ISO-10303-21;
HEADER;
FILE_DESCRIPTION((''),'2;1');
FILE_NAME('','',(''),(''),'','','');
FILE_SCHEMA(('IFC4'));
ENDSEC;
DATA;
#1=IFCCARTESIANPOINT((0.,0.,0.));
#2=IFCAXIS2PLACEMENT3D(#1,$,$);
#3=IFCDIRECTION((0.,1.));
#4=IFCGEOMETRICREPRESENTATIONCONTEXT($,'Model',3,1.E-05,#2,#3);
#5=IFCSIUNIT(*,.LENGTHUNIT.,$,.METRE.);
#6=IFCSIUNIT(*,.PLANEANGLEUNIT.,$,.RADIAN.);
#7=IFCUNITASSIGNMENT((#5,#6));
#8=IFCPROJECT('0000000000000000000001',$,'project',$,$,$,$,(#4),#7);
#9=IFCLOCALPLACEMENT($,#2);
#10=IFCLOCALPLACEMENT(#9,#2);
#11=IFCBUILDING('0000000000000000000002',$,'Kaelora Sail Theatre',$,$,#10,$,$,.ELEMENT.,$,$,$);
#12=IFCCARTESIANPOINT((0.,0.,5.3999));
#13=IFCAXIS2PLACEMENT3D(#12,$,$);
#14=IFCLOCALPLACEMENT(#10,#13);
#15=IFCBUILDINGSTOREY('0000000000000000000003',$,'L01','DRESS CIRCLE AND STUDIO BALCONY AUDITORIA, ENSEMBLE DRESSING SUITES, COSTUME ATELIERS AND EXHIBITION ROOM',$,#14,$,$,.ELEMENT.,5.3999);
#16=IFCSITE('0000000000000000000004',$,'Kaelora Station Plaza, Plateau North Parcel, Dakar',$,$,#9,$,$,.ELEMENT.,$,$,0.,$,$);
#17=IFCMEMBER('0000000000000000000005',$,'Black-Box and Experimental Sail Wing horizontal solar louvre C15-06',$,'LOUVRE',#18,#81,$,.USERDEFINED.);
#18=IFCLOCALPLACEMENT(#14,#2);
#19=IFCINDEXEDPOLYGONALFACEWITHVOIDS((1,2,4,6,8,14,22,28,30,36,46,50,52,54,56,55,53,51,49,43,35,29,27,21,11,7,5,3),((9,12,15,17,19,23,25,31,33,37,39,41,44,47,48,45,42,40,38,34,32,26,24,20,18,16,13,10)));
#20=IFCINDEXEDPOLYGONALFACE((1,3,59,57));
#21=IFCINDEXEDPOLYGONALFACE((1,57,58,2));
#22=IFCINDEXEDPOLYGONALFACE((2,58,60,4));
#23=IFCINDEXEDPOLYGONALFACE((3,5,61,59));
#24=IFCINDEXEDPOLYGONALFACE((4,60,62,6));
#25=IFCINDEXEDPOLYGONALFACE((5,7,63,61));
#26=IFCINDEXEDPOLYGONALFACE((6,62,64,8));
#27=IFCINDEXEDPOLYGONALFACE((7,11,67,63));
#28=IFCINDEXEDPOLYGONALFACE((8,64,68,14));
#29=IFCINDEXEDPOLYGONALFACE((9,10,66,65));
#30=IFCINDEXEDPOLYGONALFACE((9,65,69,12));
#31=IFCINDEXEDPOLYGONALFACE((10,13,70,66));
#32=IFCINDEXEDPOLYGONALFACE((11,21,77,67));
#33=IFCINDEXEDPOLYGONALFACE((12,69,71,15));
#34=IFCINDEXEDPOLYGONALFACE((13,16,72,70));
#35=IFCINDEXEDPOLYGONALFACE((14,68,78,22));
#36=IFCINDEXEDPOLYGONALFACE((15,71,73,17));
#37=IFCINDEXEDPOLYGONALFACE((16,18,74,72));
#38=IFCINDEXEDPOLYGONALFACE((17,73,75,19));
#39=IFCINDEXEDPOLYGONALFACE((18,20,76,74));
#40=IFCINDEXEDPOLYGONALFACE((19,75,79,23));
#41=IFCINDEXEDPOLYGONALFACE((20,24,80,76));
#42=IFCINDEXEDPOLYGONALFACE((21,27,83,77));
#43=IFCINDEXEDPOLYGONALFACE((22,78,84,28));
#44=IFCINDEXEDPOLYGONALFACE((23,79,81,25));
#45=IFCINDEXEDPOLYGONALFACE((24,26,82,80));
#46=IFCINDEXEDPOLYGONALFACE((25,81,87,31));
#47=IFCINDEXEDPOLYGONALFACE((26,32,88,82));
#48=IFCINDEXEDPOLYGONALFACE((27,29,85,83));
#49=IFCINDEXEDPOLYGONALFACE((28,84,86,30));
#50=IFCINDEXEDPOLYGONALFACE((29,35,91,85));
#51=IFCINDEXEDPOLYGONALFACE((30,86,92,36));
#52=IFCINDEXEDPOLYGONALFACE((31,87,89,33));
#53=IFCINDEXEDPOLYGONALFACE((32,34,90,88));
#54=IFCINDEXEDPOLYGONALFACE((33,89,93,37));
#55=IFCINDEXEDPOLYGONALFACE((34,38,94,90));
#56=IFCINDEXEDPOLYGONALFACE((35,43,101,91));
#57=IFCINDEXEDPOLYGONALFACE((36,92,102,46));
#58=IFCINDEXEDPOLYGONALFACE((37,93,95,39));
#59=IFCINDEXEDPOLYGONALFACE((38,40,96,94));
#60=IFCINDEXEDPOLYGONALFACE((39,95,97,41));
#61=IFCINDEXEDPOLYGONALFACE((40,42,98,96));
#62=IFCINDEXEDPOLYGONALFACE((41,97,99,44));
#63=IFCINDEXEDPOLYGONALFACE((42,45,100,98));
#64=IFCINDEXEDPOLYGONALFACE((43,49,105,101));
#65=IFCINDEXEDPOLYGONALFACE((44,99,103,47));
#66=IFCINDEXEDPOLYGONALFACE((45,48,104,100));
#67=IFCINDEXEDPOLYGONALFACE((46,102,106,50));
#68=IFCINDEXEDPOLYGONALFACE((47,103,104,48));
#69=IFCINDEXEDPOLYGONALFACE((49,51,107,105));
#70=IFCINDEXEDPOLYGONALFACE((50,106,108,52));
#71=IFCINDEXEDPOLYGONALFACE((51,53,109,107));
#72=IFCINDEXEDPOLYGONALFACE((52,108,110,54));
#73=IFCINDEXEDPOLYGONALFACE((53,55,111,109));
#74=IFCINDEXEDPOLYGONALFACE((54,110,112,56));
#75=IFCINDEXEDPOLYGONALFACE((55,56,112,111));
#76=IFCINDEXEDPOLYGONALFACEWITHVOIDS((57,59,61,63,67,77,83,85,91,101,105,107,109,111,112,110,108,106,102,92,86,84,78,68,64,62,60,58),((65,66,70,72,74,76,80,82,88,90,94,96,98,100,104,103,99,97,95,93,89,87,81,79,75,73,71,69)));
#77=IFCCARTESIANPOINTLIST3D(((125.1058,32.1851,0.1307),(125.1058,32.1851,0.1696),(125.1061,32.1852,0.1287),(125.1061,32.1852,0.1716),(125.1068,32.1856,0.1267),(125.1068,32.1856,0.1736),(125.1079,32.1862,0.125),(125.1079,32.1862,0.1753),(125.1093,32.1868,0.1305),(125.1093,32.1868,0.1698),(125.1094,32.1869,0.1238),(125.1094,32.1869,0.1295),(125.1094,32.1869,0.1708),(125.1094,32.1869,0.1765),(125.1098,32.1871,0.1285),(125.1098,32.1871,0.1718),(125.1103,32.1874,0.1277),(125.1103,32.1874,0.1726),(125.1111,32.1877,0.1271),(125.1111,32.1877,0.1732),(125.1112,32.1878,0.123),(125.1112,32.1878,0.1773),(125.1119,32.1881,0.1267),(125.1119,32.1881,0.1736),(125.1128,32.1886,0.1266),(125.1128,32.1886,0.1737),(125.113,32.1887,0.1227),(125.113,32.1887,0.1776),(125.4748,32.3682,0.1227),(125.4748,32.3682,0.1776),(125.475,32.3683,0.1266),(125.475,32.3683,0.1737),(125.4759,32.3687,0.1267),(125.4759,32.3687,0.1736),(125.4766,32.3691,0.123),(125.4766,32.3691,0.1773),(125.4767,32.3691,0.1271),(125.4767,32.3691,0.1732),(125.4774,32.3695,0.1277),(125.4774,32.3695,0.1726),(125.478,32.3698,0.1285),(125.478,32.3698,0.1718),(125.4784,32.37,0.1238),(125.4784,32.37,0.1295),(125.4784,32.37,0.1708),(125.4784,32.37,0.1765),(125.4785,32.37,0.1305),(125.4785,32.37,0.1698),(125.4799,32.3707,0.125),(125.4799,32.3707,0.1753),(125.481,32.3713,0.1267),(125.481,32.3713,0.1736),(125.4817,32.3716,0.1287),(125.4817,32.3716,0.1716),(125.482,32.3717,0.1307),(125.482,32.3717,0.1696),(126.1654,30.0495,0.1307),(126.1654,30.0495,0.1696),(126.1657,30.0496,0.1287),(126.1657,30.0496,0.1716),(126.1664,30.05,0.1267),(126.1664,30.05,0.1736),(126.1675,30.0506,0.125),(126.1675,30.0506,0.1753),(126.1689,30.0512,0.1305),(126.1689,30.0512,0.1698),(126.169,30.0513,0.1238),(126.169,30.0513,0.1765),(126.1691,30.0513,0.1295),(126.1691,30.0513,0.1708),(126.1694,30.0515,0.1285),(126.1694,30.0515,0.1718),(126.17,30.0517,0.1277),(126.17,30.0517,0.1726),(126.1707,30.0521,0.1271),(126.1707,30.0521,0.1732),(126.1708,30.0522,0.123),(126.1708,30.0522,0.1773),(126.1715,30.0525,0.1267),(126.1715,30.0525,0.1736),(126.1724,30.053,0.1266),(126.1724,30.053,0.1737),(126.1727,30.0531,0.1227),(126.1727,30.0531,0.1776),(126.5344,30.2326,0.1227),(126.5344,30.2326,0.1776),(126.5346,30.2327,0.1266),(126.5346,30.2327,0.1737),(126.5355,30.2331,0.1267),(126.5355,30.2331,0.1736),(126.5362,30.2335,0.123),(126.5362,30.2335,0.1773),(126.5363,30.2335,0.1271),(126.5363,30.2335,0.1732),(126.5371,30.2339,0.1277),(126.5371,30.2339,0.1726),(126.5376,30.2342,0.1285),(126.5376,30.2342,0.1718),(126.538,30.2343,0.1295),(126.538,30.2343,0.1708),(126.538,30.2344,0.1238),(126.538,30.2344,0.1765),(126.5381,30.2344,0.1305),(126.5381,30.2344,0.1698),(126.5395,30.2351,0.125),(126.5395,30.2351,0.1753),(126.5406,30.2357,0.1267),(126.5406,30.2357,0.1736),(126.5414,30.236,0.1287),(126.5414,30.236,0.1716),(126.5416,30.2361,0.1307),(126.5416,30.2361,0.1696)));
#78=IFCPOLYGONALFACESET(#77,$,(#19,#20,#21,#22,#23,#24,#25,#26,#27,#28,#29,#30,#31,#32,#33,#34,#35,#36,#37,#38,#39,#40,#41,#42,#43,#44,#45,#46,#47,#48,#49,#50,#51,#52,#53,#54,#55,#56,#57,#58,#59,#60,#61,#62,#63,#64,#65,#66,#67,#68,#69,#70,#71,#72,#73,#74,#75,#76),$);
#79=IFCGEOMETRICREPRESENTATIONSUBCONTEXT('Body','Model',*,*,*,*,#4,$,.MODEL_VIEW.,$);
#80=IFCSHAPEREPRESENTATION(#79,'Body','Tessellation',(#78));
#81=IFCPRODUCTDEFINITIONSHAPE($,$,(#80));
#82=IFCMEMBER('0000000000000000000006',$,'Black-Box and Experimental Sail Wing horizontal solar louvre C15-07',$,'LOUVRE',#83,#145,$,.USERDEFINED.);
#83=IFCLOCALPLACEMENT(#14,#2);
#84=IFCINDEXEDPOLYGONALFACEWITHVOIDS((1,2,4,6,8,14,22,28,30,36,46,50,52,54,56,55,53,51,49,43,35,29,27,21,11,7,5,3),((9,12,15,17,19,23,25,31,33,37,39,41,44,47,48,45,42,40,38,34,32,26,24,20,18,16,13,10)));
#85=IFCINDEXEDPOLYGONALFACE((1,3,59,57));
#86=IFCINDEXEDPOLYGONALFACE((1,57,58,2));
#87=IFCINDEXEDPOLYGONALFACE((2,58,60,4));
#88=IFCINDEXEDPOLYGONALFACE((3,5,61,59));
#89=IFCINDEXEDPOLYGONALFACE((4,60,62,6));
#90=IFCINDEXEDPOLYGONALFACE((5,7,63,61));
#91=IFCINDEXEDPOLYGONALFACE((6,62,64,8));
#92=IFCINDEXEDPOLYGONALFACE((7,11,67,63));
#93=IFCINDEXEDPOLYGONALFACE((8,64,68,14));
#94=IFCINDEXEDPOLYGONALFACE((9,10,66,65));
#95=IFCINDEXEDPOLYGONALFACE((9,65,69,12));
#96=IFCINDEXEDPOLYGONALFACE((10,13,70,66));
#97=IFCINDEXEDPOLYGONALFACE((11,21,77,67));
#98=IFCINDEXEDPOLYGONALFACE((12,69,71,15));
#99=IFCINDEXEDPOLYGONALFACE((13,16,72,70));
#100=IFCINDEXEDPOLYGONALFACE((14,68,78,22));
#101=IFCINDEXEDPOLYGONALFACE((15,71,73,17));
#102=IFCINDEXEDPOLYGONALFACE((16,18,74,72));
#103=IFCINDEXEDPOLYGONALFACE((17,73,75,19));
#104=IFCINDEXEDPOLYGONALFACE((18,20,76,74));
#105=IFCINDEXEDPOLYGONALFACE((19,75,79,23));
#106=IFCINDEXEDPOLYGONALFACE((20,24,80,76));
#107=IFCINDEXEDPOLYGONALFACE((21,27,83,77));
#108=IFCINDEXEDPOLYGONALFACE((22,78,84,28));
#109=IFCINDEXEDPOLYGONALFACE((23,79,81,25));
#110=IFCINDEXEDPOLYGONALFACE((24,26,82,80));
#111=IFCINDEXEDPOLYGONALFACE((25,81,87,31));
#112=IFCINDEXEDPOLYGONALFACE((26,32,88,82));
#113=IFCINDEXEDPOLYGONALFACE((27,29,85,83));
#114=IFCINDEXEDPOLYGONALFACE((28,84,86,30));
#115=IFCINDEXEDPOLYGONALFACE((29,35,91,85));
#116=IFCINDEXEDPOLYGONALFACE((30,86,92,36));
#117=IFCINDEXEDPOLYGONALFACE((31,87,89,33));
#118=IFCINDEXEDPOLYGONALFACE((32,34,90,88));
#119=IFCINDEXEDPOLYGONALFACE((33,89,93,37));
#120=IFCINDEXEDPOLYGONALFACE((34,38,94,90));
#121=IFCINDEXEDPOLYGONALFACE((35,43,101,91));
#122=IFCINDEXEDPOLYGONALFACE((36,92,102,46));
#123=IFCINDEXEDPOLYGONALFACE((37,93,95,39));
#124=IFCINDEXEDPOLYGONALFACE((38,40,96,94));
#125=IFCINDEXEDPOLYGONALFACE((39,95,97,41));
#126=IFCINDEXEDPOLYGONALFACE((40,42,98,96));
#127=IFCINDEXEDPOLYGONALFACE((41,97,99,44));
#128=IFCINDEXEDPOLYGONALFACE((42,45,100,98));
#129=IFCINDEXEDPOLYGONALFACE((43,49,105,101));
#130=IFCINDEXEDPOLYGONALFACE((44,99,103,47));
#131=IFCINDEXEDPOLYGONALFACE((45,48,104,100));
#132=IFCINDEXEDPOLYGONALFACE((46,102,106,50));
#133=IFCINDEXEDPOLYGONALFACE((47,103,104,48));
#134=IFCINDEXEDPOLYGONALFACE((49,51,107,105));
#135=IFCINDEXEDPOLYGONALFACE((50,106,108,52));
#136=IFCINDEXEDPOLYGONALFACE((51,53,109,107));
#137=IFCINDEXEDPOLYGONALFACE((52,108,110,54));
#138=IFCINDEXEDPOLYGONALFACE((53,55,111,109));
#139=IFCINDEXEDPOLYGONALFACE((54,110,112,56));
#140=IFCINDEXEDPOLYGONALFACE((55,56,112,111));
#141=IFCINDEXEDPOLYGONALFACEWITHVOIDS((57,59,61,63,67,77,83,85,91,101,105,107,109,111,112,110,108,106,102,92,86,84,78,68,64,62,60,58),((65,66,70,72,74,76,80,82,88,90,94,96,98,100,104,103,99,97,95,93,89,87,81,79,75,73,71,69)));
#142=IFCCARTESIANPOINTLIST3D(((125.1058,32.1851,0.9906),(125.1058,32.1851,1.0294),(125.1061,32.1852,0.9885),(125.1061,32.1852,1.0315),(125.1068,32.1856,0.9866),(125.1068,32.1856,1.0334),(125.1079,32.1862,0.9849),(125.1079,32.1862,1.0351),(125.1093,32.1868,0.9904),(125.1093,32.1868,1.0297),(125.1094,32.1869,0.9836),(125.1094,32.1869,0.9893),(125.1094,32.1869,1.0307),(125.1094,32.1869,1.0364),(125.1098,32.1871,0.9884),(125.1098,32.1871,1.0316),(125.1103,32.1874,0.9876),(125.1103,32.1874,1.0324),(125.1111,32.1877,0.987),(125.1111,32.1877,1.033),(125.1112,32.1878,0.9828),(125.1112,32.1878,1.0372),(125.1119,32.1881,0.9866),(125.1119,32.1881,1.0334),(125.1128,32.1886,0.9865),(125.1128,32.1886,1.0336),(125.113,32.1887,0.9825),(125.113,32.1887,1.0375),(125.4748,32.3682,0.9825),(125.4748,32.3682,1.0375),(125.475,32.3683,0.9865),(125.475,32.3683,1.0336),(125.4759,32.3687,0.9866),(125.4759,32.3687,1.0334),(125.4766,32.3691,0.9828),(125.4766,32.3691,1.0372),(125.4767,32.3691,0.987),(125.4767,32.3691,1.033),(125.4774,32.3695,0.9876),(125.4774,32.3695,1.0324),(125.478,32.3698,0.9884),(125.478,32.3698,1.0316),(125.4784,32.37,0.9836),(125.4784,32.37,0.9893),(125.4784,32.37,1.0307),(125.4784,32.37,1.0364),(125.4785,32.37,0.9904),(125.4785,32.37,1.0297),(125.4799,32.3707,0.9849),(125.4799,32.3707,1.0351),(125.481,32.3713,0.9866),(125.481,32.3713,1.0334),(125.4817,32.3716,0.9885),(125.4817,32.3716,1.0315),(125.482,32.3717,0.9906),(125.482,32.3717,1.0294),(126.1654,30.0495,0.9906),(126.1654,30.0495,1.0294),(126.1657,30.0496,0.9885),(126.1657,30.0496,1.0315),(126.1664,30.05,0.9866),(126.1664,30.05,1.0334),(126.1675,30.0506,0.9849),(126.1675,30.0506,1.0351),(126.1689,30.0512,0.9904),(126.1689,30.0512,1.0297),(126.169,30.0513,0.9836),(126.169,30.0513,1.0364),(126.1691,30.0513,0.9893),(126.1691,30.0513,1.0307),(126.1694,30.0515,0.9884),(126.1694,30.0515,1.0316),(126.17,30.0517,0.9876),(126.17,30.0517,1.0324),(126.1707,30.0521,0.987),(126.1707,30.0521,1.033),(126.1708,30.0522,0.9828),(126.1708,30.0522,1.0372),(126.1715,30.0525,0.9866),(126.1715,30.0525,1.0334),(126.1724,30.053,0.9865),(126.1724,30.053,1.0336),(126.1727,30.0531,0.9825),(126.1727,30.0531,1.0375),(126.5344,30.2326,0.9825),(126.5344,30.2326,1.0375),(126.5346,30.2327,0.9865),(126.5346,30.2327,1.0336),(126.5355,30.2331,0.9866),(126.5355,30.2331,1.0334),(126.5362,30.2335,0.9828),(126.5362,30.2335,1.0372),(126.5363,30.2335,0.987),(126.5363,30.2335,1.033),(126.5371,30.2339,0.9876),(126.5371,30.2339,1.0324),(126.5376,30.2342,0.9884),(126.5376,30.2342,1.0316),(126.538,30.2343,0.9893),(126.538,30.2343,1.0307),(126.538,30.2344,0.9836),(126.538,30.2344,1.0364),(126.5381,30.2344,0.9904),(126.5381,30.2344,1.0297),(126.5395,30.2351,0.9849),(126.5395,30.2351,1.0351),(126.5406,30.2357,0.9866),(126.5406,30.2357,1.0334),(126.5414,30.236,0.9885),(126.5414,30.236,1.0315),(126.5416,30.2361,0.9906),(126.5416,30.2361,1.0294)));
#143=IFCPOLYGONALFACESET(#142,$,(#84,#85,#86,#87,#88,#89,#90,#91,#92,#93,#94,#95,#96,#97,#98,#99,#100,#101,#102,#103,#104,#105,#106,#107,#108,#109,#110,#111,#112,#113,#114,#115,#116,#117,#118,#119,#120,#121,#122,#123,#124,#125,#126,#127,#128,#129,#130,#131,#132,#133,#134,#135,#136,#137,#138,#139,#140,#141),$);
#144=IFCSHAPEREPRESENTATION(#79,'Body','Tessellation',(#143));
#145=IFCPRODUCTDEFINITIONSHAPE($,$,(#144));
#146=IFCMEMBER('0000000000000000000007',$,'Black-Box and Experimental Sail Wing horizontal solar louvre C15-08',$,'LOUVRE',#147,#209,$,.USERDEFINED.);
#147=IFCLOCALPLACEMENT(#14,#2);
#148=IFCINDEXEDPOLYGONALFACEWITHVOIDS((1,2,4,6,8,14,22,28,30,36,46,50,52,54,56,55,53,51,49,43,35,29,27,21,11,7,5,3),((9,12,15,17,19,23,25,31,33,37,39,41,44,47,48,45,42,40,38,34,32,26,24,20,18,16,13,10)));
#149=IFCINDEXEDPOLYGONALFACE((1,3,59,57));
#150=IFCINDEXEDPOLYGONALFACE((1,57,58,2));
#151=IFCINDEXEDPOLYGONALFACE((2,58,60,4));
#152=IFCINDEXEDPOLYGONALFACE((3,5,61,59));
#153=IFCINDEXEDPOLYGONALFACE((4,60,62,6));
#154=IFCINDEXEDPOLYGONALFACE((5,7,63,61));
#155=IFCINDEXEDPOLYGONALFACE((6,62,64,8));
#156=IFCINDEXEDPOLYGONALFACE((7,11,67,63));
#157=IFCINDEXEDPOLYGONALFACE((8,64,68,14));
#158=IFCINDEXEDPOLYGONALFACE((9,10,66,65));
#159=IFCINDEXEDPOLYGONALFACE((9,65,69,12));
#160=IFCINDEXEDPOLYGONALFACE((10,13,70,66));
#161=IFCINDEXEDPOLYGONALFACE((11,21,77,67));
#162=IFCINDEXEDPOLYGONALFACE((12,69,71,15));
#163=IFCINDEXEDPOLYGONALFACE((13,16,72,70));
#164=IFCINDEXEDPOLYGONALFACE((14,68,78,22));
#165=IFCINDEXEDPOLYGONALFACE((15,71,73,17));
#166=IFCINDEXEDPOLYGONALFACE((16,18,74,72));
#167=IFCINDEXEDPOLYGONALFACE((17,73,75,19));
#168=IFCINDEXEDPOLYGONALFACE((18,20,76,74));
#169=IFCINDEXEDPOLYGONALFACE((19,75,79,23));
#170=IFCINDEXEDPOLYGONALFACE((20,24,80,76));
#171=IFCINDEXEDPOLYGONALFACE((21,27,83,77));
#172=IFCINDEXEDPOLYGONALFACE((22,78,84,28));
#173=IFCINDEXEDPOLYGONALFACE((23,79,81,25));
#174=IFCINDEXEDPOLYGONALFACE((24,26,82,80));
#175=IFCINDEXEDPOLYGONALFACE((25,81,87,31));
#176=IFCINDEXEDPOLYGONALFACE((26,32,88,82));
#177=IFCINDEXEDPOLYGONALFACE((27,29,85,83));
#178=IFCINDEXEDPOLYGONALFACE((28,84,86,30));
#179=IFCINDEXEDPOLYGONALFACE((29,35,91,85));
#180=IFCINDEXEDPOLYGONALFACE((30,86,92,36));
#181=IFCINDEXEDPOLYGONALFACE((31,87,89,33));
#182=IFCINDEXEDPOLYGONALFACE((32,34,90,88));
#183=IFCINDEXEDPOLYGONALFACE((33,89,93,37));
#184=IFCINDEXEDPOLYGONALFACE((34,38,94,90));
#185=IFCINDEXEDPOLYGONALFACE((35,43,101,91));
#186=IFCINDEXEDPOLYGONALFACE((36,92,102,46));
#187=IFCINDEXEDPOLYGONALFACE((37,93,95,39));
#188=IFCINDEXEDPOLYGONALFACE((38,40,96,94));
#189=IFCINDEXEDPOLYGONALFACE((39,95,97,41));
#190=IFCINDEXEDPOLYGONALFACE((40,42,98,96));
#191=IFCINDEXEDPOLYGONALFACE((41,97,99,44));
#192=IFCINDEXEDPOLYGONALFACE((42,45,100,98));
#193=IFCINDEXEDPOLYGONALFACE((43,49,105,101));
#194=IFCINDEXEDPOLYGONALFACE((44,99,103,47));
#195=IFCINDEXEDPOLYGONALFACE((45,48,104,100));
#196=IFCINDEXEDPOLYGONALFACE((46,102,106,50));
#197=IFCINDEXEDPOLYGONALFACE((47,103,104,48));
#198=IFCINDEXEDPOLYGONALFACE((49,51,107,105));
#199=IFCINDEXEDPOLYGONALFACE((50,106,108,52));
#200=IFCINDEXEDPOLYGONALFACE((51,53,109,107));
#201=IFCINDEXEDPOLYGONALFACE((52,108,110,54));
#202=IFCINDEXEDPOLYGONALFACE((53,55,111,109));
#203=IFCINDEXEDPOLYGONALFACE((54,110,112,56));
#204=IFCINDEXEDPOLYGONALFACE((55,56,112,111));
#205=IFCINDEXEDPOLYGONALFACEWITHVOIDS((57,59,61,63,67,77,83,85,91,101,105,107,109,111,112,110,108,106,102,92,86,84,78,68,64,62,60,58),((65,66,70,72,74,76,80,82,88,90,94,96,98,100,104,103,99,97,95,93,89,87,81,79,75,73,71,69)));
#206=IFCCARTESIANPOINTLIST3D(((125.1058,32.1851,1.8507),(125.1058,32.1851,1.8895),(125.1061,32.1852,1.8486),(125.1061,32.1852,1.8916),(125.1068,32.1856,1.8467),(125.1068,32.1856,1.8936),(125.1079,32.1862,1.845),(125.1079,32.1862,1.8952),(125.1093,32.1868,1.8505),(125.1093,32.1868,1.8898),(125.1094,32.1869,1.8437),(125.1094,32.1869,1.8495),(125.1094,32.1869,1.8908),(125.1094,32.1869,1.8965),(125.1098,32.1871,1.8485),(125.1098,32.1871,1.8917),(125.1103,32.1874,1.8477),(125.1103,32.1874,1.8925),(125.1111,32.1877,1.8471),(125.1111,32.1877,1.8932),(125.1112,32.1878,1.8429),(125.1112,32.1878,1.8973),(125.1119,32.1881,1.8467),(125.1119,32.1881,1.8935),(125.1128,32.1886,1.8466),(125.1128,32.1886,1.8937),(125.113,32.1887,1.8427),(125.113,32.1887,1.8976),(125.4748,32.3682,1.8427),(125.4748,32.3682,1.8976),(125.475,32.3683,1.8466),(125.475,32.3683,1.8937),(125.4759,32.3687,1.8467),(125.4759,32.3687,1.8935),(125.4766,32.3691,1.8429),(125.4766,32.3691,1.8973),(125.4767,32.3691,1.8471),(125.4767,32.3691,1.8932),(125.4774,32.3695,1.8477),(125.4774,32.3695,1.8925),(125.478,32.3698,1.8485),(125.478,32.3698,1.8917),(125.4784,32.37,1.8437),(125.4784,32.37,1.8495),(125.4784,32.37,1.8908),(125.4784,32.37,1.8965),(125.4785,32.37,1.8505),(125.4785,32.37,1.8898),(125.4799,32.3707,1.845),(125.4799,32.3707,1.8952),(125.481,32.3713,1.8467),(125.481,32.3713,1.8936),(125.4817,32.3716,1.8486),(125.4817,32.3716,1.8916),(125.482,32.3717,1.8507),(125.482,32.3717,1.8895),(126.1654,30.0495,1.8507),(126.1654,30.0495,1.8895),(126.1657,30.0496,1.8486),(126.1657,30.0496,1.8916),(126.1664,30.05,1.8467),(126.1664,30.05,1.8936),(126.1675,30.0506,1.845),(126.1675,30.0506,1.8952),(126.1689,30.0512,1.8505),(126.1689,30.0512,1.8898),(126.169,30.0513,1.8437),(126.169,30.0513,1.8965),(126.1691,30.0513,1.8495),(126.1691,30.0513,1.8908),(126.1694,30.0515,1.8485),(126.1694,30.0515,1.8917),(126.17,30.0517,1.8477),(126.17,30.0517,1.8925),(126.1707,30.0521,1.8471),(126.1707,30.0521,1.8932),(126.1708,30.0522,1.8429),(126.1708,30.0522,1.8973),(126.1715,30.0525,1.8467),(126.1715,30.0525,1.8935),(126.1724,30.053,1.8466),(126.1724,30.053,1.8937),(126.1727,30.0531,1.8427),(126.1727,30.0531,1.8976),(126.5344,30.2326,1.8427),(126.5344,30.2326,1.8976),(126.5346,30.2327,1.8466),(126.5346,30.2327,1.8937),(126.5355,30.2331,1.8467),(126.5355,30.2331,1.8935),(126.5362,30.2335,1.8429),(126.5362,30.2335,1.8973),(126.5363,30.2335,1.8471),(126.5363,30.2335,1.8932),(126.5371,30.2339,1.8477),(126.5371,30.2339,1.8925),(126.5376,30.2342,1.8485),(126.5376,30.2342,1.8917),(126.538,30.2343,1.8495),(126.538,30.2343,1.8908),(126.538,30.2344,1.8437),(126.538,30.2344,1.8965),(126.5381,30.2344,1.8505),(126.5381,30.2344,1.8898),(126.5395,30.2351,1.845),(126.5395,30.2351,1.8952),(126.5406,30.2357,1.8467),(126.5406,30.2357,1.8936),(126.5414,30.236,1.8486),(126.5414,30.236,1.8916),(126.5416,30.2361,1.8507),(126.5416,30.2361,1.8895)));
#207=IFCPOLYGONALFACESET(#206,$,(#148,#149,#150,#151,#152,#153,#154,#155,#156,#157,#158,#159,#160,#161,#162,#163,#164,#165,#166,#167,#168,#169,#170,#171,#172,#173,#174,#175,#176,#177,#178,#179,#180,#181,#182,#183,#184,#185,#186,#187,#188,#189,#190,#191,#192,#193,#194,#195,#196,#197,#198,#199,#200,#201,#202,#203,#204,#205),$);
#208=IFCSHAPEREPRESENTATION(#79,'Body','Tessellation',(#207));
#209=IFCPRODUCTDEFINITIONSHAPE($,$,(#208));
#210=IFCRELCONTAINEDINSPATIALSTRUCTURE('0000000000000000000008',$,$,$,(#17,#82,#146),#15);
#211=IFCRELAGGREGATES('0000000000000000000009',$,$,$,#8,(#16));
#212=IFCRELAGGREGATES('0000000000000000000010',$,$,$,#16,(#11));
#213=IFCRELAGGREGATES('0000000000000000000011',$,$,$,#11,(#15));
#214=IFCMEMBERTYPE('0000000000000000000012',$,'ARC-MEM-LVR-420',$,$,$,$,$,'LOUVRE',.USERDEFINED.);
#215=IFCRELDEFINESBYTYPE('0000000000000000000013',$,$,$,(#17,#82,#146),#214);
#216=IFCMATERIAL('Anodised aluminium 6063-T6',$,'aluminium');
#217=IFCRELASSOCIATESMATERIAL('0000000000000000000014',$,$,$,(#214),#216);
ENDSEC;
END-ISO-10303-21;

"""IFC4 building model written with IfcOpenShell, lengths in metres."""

from ifc_helpers import new_model, si_unit, direction, frame, origin, origin_2d, place, context, subcontext, project, spatial, hollow_rectangle, extrude, material, material_profile, profile_set, type_object, element, save


model = new_model("IFC4")

# Units and contexts
model_context = context("Model", 3, precision=1e-05, world=origin(), true_north=direction((0.0, 1.0)))
body_context = subcontext(model_context, "Body", "Model", "MODEL_VIEW")
ifc_project = project(units=[si_unit("LENGTHUNIT", "METRE"), si_unit("PLANEANGLEUNIT", "RADIAN")], contexts=[model_context])

# Site, building, storey
site_placement = place(None, origin())
site = spatial("IfcSite", under=ifc_project, at=site_placement, Name="Kaelora Station Plaza, Plateau North Parcel, Dakar", CompositionType="ELEMENT", RefElevation=0.0)
building_placement = place(site_placement, origin())
building = spatial("IfcBuilding", under=site, at=building_placement, Name="Kaelora Sail Theatre", CompositionType="ELEMENT")
storey_placement = place(building_placement, frame((0.0, 0.0, 5.3999)))
storey = spatial("IfcBuildingStorey", under=building, at=storey_placement, Name="L01", Description="DRESS CIRCLE AND STUDIO BALCONY AUDITORIA, ENSEMBLE DRESSING SUITES, COSTUME ATELIERS AND EXHIBITION ROOM", CompositionType="ELEMENT", Elevation=5.3999)

# Members
ifc_material_1 = material(Name="Anodised aluminium 6063-T6", Category="aluminium")
ifc_material_profile_1 = material_profile(ifc_material_1, hollow_rectangle(XDim=0.4199, YDim=0.0549, WallThickness=0.0039, InnerFilletRadius=0.0039, OuterFilletRadius=0.0081, at=origin_2d()), Name="LOUVRE 420x55x4")
ifc_profile_set_1 = profile_set([ifc_material_profile_1], Name="Anodised aluminium 6063-T6")
member_type = type_object("IfcMemberType", Name="ARC-MEM-LVR-420", ElementType="LOUVRE", PredefinedType="USERDEFINED", material=ifc_profile_set_1)
for number, where, z_axis, x_axis, name in (
    (1, (126.3535, 30.1428, 0.1501), (-0.444467, 0.895795, 0.0), (-0.895795, -0.444467, 0.0), "Black-Box and Experimental Sail Wing horizontal solar louvre C15-06"),
    (2, (126.3535, 30.1428, 1.01), (-0.444467, 0.895795, 0.0), (-0.895795, -0.444467, 0.0), "Black-Box and Experimental Sail Wing horizontal solar louvre C15-07"),
    (3, (126.3535, 30.1428, 1.8701), (-0.444467, 0.895795, 0.0), (-0.895795, -0.444467, 0.0), "Black-Box and Experimental Sail Wing horizontal solar louvre C15-08"),
):
    element("IfcMember", number, at=place(storey_placement, frame(where, z_axis=z_axis, x_axis=x_axis)), inside=storey, type_object=member_type, Name=name, ObjectType="LOUVRE", PredefinedType="USERDEFINED", context=body_context, shape_type="SweptSolid", body=[
        extrude(hollow_rectangle(XDim=0.4199, YDim=0.0549, WallThickness=0.0039, InnerFilletRadius=0.0039, OuterFilletRadius=0.0081, at=origin_2d()), origin(), (0.0, 0.0, 1.0), 2.384),
    ])

save(model, "model.ifc")
